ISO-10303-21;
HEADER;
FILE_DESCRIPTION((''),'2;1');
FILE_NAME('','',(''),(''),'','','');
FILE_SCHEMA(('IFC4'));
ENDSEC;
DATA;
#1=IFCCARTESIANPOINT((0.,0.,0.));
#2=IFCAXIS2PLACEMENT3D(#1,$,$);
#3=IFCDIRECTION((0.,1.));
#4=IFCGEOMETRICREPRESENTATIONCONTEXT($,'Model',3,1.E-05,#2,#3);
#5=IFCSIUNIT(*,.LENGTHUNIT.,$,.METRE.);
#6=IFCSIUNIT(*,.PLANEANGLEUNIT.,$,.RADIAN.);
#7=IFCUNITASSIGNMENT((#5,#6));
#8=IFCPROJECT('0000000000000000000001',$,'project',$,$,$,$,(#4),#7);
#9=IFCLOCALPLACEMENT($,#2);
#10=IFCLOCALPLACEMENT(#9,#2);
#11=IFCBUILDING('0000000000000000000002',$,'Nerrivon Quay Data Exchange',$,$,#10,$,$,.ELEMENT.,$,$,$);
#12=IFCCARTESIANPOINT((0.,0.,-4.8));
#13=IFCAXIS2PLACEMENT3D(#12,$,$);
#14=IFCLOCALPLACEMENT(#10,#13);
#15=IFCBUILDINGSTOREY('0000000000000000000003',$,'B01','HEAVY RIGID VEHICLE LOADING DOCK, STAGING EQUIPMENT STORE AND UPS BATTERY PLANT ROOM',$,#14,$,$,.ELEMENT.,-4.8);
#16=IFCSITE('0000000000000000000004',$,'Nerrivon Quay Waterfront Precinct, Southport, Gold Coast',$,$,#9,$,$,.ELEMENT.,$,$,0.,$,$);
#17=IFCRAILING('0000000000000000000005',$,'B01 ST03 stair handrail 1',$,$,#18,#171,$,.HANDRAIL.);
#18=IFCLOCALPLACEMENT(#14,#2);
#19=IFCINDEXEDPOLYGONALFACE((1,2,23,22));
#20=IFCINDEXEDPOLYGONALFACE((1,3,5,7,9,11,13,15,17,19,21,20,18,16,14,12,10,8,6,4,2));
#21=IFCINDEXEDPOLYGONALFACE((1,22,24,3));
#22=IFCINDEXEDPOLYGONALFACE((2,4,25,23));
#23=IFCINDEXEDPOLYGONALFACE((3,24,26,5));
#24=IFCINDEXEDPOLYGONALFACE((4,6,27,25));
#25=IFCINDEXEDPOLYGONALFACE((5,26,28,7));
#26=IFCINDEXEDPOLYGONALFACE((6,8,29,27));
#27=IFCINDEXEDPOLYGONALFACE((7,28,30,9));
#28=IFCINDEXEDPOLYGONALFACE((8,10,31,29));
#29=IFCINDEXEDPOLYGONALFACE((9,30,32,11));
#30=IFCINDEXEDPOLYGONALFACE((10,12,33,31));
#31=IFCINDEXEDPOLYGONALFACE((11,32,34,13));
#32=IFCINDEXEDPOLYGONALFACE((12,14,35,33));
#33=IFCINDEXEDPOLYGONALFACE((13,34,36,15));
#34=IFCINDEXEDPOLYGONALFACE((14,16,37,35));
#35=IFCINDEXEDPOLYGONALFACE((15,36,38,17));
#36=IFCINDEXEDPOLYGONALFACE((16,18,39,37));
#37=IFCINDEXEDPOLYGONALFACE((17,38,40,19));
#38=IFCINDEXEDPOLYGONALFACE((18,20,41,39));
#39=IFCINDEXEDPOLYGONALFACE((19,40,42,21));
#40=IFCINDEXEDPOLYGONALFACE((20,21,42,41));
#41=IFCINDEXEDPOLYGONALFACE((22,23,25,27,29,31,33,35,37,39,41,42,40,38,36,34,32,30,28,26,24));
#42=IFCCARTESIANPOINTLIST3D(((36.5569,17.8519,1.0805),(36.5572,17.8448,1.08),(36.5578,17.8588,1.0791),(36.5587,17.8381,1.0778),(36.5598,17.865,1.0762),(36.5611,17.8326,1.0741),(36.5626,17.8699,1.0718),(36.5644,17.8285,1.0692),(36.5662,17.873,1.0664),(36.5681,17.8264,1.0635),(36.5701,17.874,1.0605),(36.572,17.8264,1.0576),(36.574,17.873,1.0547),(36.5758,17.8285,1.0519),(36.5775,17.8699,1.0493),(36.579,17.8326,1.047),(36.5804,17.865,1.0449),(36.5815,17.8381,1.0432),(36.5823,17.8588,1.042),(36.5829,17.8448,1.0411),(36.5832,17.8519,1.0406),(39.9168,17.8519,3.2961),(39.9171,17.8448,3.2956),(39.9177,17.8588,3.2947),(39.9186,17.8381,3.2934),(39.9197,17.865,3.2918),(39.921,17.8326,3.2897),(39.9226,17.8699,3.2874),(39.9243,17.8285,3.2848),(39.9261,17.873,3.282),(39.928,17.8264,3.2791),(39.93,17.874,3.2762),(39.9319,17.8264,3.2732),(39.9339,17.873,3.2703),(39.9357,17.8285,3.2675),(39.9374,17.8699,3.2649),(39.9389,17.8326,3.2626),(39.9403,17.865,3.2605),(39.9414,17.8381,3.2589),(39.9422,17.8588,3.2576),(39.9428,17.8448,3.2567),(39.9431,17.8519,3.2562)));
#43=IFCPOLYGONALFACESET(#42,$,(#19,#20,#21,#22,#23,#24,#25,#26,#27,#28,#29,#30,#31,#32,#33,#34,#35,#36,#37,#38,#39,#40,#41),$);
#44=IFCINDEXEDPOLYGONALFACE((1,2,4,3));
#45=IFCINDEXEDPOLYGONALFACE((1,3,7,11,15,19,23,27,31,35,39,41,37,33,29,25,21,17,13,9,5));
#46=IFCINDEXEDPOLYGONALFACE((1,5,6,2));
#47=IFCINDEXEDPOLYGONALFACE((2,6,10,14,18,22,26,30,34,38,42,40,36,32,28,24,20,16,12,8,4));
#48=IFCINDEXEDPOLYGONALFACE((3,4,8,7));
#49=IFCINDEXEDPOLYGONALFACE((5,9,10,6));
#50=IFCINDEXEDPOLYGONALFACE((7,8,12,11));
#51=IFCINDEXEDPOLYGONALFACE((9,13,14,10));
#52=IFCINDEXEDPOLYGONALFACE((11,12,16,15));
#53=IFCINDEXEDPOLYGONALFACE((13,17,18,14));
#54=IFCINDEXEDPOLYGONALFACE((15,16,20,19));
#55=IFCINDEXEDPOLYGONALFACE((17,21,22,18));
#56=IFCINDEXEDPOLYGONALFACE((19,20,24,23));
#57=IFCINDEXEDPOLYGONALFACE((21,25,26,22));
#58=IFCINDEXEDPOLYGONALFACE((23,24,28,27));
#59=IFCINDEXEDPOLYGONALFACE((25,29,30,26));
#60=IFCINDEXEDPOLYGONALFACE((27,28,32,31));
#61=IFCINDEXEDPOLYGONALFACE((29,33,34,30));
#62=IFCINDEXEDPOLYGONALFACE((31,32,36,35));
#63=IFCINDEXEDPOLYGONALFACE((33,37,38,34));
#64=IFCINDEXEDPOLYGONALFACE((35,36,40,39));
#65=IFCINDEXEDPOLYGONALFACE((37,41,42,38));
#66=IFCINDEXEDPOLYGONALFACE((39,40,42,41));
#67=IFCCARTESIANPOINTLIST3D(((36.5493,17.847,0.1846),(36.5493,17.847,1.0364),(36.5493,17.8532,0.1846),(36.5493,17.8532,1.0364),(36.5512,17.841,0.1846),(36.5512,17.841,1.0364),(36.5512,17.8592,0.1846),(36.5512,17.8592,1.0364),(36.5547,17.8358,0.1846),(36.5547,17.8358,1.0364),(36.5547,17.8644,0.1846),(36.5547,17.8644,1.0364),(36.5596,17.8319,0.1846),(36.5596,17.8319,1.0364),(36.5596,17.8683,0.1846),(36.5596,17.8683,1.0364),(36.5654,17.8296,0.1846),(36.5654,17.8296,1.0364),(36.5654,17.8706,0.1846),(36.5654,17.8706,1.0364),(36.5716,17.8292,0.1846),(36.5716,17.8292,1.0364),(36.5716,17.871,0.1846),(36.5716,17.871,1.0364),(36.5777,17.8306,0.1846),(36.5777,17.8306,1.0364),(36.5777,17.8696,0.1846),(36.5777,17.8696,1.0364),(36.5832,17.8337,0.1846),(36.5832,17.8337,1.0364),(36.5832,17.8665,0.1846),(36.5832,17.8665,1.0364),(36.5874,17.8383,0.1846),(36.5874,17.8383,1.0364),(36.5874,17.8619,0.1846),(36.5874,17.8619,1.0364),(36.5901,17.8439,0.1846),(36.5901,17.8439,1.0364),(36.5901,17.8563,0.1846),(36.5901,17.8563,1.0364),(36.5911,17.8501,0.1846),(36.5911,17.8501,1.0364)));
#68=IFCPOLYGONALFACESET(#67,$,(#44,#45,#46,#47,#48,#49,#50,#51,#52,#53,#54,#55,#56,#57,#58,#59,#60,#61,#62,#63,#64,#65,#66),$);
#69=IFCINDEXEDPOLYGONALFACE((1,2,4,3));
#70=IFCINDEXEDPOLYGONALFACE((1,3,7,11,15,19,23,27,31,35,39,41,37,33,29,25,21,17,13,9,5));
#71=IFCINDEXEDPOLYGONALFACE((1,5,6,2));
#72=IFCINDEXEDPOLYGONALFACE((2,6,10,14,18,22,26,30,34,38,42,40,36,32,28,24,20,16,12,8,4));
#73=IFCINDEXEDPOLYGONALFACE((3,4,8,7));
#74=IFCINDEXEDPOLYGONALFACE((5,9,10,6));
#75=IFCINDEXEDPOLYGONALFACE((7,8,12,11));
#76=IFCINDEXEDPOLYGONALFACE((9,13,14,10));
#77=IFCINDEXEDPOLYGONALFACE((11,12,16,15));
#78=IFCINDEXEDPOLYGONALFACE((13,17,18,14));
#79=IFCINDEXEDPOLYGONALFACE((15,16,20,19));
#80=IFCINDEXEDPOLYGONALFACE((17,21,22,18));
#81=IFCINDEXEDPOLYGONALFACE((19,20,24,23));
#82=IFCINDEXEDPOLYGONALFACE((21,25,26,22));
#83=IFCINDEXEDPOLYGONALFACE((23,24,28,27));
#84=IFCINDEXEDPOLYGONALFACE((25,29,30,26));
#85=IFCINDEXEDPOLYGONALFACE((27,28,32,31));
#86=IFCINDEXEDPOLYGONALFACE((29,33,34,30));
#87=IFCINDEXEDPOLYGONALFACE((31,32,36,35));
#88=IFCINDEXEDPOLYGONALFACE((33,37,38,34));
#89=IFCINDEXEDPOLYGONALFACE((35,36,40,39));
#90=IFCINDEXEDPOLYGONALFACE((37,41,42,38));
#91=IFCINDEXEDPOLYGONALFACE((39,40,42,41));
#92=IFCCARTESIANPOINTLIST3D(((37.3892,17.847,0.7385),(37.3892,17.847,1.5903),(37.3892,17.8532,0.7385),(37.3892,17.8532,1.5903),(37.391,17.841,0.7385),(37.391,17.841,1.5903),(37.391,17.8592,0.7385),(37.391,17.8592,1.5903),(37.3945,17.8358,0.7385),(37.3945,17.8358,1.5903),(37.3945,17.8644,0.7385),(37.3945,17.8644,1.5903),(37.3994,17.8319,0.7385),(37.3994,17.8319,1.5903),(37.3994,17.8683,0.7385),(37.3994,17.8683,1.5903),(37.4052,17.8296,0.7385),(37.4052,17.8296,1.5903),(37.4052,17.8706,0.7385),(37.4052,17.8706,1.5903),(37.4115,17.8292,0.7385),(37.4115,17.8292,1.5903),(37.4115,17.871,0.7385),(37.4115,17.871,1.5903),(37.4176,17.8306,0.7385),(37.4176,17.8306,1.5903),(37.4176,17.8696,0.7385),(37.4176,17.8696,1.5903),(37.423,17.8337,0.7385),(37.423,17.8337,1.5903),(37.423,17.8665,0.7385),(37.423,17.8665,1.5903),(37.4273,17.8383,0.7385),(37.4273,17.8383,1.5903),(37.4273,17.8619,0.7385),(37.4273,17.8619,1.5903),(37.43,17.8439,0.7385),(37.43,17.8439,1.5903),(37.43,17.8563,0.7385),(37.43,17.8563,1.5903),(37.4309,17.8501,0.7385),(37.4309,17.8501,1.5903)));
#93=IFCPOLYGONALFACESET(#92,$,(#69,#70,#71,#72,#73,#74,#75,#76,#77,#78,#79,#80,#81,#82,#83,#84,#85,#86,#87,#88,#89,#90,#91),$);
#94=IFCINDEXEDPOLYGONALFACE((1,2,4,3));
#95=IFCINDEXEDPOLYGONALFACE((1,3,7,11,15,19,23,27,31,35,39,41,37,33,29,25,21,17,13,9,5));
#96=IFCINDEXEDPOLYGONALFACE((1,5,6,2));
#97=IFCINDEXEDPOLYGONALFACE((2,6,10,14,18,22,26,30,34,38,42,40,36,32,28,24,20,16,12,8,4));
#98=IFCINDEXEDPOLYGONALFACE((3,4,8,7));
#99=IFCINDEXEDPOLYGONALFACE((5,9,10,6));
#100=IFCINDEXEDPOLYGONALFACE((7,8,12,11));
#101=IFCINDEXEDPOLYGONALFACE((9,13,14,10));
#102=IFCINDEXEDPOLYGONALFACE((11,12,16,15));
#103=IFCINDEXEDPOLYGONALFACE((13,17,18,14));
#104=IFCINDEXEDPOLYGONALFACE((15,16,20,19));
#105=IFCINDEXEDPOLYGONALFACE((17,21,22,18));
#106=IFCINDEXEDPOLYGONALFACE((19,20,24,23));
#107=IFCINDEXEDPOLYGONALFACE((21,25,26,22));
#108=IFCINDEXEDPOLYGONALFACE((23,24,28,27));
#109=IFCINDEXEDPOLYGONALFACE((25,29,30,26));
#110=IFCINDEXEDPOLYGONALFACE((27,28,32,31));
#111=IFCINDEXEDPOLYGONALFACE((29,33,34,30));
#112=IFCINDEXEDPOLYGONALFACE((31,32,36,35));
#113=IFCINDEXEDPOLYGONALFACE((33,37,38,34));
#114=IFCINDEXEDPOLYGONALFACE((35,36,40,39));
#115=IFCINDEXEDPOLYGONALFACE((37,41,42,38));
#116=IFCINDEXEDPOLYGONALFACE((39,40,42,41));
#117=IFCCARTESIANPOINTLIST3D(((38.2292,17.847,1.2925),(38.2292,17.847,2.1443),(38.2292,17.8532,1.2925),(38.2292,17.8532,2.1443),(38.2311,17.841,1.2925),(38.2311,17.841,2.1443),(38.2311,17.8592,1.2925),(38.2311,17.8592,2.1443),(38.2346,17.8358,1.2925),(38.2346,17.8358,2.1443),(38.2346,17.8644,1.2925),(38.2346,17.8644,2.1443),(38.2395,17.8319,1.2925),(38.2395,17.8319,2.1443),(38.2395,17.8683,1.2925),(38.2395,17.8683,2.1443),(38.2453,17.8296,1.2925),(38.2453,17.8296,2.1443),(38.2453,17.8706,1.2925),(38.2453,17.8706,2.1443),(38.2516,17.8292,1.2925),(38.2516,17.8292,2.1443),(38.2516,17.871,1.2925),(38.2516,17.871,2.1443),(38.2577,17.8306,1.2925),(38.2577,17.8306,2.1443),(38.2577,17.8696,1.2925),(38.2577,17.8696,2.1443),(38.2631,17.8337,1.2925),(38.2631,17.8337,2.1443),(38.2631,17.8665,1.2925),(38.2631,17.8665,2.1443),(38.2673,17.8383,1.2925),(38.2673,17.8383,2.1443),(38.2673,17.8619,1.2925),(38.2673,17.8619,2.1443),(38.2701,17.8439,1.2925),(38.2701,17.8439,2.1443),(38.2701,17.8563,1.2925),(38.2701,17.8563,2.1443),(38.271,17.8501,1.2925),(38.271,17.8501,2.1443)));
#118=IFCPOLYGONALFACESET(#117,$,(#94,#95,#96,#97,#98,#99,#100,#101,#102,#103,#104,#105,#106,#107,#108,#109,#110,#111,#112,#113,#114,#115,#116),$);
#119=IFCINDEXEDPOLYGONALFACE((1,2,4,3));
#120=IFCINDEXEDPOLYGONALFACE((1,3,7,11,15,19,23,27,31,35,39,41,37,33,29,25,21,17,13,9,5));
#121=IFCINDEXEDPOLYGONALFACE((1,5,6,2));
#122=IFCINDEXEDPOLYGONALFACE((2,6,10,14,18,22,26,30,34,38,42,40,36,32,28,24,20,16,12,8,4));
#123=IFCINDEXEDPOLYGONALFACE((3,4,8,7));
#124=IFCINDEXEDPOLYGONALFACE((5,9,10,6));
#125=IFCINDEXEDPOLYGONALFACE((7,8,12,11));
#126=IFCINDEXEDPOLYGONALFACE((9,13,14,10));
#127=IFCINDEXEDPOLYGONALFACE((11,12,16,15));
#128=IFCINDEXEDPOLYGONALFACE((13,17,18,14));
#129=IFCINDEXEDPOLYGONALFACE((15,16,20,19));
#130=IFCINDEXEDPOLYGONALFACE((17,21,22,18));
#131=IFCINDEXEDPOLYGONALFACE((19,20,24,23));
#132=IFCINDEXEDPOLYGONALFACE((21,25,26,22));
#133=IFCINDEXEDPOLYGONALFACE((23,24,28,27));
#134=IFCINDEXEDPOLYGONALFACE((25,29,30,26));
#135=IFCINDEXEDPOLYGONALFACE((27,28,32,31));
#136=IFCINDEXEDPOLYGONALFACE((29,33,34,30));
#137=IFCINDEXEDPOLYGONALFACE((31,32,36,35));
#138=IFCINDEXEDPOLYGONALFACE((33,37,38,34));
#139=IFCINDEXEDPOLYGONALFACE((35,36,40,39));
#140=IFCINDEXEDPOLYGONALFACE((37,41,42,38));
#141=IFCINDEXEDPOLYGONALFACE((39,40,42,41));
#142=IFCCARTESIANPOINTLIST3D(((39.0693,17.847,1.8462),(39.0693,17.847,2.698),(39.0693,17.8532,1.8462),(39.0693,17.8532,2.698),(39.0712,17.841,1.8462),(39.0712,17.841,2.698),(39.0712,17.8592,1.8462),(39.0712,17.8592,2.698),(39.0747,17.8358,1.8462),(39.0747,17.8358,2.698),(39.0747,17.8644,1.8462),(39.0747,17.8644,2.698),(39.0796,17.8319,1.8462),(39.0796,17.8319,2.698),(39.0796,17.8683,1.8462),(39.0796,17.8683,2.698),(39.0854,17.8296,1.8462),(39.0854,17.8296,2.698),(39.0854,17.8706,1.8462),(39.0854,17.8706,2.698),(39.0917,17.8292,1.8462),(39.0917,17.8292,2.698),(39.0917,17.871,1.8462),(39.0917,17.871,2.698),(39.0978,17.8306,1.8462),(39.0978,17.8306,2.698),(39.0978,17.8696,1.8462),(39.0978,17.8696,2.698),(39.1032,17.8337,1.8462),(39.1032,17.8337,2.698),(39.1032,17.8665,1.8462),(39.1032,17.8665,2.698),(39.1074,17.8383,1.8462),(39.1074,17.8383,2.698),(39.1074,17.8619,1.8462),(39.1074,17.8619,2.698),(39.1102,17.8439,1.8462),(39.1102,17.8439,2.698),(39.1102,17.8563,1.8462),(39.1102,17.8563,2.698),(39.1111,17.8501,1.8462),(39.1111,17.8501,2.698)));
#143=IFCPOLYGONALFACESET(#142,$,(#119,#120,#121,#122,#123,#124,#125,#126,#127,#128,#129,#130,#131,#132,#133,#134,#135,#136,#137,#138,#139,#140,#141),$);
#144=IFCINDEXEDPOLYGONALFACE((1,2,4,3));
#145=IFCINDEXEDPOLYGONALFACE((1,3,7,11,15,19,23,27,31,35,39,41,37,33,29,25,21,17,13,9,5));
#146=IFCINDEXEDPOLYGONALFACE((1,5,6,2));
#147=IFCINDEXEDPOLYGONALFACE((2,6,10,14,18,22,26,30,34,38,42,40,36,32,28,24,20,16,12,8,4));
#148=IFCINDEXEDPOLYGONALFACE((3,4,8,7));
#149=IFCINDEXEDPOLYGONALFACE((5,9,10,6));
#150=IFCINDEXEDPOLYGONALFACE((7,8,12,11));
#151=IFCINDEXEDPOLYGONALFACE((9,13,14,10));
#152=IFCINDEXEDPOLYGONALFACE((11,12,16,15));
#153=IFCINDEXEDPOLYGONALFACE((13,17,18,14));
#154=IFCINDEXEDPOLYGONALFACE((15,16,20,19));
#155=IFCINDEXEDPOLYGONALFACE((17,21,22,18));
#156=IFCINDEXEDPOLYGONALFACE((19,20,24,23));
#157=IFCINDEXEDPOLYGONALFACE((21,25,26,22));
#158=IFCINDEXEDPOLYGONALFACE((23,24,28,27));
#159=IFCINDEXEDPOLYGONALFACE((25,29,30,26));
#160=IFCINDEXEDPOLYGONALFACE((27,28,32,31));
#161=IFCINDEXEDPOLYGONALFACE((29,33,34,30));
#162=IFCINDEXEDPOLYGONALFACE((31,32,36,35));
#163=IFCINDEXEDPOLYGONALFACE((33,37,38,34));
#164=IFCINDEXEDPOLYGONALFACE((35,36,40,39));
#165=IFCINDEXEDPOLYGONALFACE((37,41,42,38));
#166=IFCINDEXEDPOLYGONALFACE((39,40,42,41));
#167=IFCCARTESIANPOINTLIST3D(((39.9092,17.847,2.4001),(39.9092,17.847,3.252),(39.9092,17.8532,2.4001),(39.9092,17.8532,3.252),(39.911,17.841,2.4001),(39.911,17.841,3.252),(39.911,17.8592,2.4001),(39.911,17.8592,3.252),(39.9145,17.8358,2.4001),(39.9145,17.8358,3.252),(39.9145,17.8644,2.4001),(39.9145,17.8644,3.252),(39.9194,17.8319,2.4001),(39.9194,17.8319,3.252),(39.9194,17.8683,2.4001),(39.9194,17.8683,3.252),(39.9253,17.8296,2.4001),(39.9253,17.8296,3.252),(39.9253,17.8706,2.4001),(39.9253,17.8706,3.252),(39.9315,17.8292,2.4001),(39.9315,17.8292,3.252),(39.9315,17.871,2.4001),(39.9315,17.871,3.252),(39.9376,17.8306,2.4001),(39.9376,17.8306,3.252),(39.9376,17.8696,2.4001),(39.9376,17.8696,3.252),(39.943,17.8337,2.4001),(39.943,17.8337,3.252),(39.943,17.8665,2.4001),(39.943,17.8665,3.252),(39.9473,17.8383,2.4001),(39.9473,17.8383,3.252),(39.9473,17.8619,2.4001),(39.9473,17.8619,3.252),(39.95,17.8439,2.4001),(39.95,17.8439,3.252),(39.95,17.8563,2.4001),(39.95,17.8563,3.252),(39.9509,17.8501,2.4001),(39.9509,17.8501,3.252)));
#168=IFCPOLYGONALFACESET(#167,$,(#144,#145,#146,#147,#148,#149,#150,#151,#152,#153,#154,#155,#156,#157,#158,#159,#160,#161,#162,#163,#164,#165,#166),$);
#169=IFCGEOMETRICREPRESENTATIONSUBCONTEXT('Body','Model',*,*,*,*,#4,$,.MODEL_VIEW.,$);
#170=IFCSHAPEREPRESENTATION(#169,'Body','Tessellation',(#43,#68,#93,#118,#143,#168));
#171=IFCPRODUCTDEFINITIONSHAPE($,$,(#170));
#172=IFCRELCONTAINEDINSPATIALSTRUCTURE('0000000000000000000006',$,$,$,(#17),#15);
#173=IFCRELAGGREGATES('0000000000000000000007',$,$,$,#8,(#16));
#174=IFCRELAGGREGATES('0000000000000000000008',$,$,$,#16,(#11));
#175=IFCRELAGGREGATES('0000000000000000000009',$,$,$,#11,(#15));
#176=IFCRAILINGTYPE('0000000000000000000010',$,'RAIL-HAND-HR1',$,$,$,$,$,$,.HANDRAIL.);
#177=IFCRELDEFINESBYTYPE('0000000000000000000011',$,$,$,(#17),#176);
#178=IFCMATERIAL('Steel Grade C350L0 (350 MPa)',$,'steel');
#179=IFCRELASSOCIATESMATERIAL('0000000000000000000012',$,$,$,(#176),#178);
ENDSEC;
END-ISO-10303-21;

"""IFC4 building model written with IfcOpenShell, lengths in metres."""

from ifc_helpers import new_model, si_unit, direction, frame, origin, origin_2d, place, context, subcontext, project, spatial, circle, extrude, material, type_object, element, save


model = new_model("IFC4")

# Units and contexts
model_context = context("Model", 3, precision=1e-05, world=origin(), true_north=direction((0.0, 1.0)))
body_context = subcontext(model_context, "Body", "Model", "MODEL_VIEW")
ifc_project = project(units=[si_unit("LENGTHUNIT", "METRE"), si_unit("PLANEANGLEUNIT", "RADIAN")], contexts=[model_context])

# Site, building, storey
site_placement = place(None, origin())
site = spatial("IfcSite", under=ifc_project, at=site_placement, Name="Nerrivon Quay Waterfront Precinct, Southport, Gold Coast", CompositionType="ELEMENT", RefElevation=0.0)
building_placement = place(site_placement, origin())
building = spatial("IfcBuilding", under=site, at=building_placement, Name="Nerrivon Quay Data Exchange", CompositionType="ELEMENT")
storey_placement = place(building_placement, frame((0.0, 0.0, -4.8)))
storey = spatial("IfcBuildingStorey", under=building, at=storey_placement, Name="B01", Description="HEAVY RIGID VEHICLE LOADING DOCK, STAGING EQUIPMENT STORE AND UPS BATTERY PLANT ROOM", CompositionType="ELEMENT", Elevation=-4.8)

# Railing
ifc_material_1 = material(Name="Steel Grade C350L0 (350 MPa)", Category="steel")
railing_type_1 = type_object("IfcRailingType", Name="RAIL-HAND-HR1", PredefinedType="HANDRAIL", material=ifc_material_1)
railing_1_placement = place(storey_placement, frame((36.5701, 17.8501, 0.1846)))
element("IfcRailing", 1, at=railing_1_placement, inside=storey, type_object=railing_type_1, Name="B01 ST03 stair handrail 1", PredefinedType="HANDRAIL", context=body_context, shape_type="SweptSolid", body=[
    extrude(circle(Radius=0.0239, at=origin_2d()), frame((0.0, 0.0, 0.876), z_axis=(0.83483, 0.0, 0.550508), x_axis=(0.0, 1.0, 0.0)), (0.0, 0.0, 1.0), 4.0247),
    extrude(circle(Radius=0.021, at=origin_2d()), origin(), (0.0, 0.0, 1.0), 0.8518),
    extrude(circle(Radius=0.021, at=origin_2d()), frame((0.8398, 0.0, 0.554)), (0.0, 0.0, 1.0), 0.8518),
    extrude(circle(Radius=0.021, at=origin_2d()), frame((1.6799, 0.0, 1.1079)), (0.0, 0.0, 1.0), 0.8518),
    extrude(circle(Radius=0.021, at=origin_2d()), frame((2.52, 0.0, 1.6616)), (0.0, 0.0, 1.0), 0.8518),
    extrude(circle(Radius=0.021, at=origin_2d()), frame((3.3599, 0.0, 2.2156)), (0.0, 0.0, 1.0), 0.8518),
])

save(model, "model.ifc")
